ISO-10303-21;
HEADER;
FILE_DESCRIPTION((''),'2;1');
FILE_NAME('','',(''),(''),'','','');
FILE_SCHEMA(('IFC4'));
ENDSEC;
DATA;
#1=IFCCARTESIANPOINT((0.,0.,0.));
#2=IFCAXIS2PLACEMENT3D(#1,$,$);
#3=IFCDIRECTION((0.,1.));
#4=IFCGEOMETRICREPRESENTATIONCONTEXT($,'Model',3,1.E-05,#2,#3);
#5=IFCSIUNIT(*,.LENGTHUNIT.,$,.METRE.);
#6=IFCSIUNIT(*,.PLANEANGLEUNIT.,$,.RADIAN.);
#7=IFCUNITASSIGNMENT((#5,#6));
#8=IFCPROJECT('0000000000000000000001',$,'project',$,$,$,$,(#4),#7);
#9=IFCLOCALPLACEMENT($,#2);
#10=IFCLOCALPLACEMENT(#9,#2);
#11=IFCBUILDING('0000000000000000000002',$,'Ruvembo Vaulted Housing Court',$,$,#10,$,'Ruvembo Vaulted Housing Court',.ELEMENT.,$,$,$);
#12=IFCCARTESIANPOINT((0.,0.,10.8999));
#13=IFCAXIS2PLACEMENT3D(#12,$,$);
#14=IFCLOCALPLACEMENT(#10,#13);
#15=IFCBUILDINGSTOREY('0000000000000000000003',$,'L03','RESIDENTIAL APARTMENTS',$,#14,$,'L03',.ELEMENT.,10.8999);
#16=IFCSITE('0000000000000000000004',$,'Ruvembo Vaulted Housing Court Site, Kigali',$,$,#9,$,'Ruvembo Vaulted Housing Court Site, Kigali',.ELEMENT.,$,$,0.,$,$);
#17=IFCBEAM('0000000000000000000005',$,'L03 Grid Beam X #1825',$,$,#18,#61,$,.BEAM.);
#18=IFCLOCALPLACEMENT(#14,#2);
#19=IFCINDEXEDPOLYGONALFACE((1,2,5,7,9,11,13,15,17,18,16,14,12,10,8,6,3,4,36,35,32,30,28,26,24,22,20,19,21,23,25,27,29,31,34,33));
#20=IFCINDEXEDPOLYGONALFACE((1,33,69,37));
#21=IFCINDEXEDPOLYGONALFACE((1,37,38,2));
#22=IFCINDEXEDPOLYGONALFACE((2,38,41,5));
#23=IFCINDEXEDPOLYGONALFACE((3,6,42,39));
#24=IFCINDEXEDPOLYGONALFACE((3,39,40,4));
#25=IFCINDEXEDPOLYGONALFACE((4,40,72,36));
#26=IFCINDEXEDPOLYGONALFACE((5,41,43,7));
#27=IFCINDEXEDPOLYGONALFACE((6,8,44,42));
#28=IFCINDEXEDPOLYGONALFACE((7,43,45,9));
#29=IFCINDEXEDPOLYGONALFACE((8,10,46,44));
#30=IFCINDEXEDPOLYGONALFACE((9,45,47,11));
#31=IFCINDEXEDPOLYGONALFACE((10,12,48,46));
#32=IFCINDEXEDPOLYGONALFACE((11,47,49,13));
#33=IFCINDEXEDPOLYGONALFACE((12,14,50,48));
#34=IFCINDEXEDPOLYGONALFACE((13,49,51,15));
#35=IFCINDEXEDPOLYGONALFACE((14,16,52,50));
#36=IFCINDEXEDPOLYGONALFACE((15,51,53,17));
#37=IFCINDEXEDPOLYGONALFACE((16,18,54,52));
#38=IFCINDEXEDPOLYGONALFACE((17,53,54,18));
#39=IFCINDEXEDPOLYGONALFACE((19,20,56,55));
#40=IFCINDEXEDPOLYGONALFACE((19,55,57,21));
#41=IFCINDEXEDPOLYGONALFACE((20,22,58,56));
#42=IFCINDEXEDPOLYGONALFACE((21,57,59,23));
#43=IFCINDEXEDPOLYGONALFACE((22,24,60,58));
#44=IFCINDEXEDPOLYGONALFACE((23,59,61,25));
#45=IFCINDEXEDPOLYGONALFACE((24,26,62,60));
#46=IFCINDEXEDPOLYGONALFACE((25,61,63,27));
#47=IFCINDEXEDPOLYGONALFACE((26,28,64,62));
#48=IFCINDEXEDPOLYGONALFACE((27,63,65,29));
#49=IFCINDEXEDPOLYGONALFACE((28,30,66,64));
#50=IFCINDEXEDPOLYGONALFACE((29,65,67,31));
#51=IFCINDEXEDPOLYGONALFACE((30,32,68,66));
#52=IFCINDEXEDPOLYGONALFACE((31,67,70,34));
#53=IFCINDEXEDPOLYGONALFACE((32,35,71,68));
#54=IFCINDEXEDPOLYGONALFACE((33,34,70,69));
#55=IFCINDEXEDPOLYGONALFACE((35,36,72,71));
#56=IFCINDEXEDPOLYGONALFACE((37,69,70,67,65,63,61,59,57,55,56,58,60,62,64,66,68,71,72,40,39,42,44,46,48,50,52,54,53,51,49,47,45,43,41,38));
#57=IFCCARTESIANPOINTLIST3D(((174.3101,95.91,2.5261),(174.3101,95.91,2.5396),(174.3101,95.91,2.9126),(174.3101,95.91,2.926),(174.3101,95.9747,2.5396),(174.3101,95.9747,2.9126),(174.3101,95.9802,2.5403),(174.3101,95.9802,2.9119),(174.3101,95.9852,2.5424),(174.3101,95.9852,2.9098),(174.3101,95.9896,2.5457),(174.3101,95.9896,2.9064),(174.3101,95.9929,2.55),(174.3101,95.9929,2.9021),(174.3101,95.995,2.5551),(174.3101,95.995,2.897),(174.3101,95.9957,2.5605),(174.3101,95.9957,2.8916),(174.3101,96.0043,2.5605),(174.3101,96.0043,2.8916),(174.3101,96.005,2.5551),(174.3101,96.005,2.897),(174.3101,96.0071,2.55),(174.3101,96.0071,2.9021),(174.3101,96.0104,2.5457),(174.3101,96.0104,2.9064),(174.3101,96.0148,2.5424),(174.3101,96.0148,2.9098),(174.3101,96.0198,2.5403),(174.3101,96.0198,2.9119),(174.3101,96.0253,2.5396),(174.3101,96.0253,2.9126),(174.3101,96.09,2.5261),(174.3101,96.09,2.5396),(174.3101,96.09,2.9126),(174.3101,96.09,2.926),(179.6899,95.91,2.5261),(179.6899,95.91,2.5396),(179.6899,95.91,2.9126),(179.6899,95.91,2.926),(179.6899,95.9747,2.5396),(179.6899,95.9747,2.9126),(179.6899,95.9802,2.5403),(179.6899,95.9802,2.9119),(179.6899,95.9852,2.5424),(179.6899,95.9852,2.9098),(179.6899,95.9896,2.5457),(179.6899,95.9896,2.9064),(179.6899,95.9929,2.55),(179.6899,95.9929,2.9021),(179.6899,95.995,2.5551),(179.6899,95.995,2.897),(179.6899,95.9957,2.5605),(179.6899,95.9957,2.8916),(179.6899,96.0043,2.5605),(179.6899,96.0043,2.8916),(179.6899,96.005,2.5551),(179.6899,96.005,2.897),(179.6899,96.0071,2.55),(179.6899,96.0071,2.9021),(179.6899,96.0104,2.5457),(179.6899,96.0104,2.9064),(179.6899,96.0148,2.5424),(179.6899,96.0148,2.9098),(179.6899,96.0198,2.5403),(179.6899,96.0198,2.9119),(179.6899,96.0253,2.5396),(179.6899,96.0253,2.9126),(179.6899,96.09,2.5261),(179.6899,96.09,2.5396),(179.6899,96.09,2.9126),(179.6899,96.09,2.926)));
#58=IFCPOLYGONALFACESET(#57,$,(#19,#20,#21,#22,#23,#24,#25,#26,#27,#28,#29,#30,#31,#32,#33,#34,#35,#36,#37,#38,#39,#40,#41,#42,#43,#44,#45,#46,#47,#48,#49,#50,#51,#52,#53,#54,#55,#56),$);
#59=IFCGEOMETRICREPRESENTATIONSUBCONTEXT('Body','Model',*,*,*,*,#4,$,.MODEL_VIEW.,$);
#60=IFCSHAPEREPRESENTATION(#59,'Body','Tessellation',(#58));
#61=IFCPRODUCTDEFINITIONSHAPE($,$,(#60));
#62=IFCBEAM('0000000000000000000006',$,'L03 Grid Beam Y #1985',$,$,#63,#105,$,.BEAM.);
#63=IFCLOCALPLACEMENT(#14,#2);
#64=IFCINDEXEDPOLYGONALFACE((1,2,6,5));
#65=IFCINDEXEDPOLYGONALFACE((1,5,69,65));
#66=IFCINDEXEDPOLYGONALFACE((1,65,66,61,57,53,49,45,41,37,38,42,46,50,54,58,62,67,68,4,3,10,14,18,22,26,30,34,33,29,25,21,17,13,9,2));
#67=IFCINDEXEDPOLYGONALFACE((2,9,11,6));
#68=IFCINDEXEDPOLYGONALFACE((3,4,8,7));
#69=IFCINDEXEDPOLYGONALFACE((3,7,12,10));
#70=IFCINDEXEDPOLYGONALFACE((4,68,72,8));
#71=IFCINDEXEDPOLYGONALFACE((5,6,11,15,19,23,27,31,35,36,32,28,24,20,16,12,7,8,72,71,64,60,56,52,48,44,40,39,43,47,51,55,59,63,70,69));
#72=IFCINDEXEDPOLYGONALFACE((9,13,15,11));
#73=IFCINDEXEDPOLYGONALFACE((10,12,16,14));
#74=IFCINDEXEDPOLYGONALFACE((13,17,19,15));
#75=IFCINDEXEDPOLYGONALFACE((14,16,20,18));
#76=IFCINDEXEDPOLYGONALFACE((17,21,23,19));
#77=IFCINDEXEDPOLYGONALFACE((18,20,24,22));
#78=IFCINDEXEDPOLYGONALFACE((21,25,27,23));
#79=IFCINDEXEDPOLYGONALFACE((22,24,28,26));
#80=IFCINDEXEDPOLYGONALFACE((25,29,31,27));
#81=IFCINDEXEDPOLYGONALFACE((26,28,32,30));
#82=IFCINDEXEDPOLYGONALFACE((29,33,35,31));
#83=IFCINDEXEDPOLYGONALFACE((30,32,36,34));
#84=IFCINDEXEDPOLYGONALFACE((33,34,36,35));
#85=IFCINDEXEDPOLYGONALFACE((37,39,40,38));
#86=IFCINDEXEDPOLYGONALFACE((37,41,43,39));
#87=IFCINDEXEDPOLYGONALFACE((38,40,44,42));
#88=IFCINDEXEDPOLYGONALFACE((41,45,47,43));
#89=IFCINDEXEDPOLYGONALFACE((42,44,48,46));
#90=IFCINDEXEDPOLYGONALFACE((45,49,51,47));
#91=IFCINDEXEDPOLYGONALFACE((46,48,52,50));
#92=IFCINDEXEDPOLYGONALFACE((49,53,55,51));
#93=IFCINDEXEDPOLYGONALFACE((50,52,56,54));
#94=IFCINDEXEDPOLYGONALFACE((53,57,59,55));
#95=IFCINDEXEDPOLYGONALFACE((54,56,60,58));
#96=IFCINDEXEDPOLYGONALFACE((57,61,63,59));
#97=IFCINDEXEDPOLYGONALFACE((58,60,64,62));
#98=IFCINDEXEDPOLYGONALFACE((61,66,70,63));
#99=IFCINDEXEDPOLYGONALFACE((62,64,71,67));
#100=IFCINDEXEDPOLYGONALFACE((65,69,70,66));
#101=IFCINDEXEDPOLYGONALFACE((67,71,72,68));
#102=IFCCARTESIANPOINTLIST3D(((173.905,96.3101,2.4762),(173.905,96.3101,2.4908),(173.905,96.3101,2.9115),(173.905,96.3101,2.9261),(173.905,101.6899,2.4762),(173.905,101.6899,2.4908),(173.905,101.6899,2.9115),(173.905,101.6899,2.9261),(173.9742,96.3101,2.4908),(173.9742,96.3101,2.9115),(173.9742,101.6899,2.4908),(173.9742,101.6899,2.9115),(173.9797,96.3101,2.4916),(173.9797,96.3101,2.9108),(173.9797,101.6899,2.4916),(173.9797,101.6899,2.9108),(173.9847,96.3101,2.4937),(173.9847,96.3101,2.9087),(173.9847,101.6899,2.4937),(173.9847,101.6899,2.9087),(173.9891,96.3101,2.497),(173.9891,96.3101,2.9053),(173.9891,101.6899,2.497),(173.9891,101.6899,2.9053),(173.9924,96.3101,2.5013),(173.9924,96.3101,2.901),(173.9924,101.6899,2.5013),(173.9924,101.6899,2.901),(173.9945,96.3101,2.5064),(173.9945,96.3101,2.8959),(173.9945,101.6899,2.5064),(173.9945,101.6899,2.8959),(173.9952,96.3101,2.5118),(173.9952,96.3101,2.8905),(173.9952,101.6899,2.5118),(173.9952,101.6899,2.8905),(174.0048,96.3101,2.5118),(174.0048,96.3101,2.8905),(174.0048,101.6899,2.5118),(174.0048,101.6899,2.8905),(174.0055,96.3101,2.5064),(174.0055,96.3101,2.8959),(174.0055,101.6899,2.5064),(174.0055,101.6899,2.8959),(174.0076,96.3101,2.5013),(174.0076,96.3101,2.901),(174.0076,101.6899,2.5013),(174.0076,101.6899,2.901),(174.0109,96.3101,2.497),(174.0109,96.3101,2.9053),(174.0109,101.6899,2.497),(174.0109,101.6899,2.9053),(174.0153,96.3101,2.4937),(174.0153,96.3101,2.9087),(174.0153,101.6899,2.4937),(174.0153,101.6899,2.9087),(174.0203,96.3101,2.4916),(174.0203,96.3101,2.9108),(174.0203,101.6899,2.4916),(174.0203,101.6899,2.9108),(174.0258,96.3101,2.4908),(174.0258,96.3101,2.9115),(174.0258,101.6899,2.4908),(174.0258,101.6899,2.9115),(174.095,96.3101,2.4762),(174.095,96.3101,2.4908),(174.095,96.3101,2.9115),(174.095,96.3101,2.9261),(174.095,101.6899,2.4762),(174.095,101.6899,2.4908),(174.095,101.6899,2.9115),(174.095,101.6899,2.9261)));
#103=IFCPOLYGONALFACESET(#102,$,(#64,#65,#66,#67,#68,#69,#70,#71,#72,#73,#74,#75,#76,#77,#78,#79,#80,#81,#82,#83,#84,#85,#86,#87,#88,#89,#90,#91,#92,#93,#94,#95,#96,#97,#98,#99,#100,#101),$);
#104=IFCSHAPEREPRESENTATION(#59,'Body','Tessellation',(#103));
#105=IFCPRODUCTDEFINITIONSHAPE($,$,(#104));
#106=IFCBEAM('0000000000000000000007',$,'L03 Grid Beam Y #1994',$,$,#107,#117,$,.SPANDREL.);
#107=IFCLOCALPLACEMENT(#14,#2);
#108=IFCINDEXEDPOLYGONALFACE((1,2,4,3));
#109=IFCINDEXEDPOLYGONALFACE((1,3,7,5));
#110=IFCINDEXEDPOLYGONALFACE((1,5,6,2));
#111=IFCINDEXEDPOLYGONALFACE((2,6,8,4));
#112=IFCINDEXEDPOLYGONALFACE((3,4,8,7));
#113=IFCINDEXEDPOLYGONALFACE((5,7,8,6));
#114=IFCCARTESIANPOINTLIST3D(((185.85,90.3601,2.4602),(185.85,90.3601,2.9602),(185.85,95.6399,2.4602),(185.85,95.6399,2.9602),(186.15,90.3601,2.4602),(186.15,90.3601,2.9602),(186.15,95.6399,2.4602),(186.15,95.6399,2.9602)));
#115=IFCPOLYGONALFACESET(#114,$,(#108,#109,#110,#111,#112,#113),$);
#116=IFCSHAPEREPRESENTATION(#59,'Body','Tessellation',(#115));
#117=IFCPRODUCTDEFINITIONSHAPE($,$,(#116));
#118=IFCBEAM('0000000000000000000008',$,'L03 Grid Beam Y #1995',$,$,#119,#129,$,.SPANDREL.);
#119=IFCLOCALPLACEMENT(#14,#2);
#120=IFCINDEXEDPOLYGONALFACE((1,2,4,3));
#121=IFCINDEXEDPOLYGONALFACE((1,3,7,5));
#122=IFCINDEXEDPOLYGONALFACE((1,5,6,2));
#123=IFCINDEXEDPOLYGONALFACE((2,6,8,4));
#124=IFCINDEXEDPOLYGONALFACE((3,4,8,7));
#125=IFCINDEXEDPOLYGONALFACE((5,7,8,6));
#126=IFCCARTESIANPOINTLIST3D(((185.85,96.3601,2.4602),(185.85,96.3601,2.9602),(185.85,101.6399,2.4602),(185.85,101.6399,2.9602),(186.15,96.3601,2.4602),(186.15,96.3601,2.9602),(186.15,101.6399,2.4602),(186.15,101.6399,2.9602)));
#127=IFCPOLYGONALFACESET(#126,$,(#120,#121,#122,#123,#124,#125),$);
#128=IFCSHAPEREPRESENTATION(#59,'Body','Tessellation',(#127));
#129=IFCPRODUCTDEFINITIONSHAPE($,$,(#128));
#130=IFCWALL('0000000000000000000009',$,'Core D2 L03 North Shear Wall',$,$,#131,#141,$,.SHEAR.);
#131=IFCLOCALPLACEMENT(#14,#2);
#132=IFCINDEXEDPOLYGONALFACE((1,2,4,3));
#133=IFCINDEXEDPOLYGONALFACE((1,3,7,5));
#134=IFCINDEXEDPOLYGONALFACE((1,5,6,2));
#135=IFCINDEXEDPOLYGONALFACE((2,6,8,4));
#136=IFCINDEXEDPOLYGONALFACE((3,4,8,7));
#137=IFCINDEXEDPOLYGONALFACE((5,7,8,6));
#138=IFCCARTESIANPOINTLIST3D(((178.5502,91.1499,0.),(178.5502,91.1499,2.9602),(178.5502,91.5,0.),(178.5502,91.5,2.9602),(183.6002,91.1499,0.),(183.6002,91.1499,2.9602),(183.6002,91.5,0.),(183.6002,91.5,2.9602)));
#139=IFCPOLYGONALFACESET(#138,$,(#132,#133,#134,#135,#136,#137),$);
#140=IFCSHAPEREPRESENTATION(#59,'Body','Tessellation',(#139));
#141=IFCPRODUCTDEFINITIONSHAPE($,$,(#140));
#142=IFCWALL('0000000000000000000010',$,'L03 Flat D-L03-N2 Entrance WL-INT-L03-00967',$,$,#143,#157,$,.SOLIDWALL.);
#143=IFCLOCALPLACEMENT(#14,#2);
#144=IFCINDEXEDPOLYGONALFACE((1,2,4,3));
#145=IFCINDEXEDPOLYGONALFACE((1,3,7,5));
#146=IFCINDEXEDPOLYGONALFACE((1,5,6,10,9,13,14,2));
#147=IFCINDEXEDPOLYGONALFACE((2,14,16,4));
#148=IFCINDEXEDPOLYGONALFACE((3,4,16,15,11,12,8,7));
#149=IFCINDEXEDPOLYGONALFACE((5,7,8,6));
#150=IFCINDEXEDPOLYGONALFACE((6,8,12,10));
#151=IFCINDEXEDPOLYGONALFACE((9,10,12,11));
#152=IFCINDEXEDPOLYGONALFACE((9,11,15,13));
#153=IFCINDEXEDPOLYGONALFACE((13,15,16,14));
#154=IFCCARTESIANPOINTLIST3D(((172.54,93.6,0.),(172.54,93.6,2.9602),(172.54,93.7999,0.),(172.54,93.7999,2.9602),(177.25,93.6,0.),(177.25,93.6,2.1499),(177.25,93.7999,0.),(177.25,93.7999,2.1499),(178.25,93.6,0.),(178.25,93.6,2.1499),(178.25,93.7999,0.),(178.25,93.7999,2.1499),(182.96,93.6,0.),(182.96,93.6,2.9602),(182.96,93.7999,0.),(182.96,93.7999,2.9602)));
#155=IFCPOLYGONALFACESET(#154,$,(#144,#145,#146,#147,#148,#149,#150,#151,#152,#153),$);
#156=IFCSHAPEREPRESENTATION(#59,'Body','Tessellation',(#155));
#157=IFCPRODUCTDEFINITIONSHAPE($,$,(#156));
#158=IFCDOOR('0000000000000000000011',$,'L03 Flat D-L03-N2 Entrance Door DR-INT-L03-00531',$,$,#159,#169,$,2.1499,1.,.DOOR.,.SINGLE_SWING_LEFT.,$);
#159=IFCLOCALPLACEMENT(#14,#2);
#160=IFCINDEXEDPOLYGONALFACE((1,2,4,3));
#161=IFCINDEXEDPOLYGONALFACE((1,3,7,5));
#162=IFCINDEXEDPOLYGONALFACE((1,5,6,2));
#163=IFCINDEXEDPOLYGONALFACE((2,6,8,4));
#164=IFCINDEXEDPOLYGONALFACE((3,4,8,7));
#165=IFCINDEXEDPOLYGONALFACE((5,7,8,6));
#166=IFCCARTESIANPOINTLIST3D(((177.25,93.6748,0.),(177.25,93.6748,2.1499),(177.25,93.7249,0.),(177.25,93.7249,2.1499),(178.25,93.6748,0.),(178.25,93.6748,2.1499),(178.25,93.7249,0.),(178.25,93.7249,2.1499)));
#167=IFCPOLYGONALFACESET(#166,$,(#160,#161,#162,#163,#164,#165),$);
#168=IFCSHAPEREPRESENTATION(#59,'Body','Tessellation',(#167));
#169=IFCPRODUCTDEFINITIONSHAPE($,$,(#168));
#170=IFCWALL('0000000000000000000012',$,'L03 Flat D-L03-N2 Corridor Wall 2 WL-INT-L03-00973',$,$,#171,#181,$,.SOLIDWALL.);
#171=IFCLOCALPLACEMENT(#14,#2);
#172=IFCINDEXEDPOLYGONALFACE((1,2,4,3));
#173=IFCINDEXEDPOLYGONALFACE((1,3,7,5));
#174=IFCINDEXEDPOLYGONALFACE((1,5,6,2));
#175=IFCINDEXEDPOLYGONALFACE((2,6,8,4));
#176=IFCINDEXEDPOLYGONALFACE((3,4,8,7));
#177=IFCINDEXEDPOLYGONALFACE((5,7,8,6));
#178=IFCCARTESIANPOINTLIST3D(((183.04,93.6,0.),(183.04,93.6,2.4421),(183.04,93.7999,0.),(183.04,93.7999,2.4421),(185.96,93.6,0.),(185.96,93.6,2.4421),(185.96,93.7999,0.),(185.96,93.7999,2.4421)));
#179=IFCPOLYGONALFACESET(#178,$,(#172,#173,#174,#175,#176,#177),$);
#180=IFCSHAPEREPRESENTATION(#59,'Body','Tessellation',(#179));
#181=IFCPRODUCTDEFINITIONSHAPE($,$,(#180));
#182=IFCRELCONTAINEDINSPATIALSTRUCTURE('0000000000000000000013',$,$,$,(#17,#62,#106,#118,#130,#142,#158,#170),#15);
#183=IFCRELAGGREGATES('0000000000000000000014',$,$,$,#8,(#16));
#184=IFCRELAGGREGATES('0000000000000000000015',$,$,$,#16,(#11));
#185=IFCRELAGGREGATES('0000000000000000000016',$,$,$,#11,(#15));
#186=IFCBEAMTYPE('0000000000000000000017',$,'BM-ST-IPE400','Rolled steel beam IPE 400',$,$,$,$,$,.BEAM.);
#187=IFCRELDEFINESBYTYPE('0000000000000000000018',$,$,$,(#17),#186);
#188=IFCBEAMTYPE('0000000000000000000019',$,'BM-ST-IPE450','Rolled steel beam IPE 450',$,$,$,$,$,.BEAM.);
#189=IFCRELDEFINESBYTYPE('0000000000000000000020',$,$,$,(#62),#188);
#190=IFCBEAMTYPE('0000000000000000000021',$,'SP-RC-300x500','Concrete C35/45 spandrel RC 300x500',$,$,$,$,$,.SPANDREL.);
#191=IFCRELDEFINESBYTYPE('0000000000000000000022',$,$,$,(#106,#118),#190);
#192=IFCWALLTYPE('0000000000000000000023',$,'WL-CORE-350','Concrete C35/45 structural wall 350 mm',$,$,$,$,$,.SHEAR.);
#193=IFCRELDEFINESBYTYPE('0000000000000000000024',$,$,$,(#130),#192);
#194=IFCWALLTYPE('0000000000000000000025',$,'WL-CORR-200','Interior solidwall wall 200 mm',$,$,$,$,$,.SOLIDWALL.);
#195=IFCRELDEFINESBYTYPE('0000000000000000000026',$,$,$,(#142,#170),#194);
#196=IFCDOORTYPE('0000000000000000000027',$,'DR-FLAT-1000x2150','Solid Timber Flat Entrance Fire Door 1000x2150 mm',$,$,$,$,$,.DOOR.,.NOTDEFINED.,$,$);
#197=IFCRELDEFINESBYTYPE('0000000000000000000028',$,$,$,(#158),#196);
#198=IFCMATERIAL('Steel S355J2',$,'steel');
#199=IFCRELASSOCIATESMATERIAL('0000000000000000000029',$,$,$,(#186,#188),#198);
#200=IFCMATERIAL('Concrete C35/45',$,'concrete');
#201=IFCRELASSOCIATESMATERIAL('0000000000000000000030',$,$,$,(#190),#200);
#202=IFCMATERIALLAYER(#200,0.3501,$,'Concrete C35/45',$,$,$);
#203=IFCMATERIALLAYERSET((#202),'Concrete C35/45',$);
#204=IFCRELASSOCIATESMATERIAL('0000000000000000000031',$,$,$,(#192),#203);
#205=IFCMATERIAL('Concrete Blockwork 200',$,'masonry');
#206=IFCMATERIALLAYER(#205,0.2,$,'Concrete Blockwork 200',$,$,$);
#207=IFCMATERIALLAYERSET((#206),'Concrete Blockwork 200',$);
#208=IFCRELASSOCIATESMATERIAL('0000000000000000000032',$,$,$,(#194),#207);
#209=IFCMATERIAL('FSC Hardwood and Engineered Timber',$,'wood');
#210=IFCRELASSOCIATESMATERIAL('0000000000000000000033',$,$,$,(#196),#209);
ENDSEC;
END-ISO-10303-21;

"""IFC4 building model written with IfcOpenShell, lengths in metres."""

from ifc_helpers import new_model, si_unit, direction, frame, frame_2d, origin, origin_2d, place, context, subcontext, project, spatial, rectangle, i_section, extrude, material, layer, layer_set, material_profile, profile_set, type_object, element, fill, save


model = new_model("IFC4")

# Units and contexts
model_context = context("Model", 3, precision=1e-05, world=origin(), true_north=direction((0.0, 1.0)))
body_context = subcontext(model_context, "Body", "Model", "MODEL_VIEW")
ifc_project = project(units=[si_unit("LENGTHUNIT", "METRE"), si_unit("PLANEANGLEUNIT", "RADIAN")], contexts=[model_context])

# Site, building, storey
site_placement = place(None, origin())
site = spatial("IfcSite", under=ifc_project, at=site_placement, Name="Ruvembo Vaulted Housing Court Site, Kigali", LongName="Ruvembo Vaulted Housing Court Site, Kigali", CompositionType="ELEMENT", RefElevation=0.0)
building_placement = place(site_placement, origin())
building = spatial("IfcBuilding", under=site, at=building_placement, Name="Ruvembo Vaulted Housing Court", LongName="Ruvembo Vaulted Housing Court", CompositionType="ELEMENT")
storey_placement = place(building_placement, frame((0.0, 0.0, 10.8999)))
storey = spatial("IfcBuildingStorey", under=building, at=storey_placement, Name="L03", Description="RESIDENTIAL APARTMENTS", LongName="L03", CompositionType="ELEMENT", Elevation=10.8999)

# Beams
ifc_material_1 = material(Name="Steel S355J2", Category="steel")
ifc_material_profile_1 = material_profile(ifc_material_1, i_section(OverallWidth=0.1799, OverallDepth=0.3999, WebThickness=0.0085, FlangeThickness=0.0134, FilletRadius=0.021, at=origin_2d()), Name="IPE 400")
ifc_profile_set_1 = profile_set([ifc_material_profile_1], Name="Steel S355J2")
beam_type_1 = type_object("IfcBeamType", Name="BM-ST-IPE400", Description="Rolled steel beam IPE 400", PredefinedType="BEAM", material=ifc_profile_set_1)
beam_1_placement = place(storey_placement, frame((174.3101, 96.0, 2.7261), z_axis=(1.0, 0.0, 0.0), x_axis=(0.0, 1.0, 0.0)))
element("IfcBeam", 1, at=beam_1_placement, inside=storey, type_object=beam_type_1, Name="L03 Grid Beam X #1825", PredefinedType="BEAM", context=body_context, shape_type="SweptSolid", body=[
    extrude(i_section(OverallWidth=0.1799, OverallDepth=0.3999, WebThickness=0.0085, FlangeThickness=0.0134, FilletRadius=0.021, at=origin_2d()), origin(), (0.0, 0.0, 1.0), 5.3799),
])
ifc_material_profile_2 = material_profile(ifc_material_1, i_section(OverallWidth=0.1899, OverallDepth=0.45, WebThickness=0.0095, FlangeThickness=0.0146, FilletRadius=0.021, at=origin_2d()), Name="IPE 450")
ifc_profile_set_2 = profile_set([ifc_material_profile_2], Name="Steel S355J2")
beam_type_2 = type_object("IfcBeamType", Name="BM-ST-IPE450", Description="Rolled steel beam IPE 450", PredefinedType="BEAM", material=ifc_profile_set_2)
beam_2_placement = place(storey_placement, frame((174.0, 96.3101, 2.7012), z_axis=(0.0, 1.0, 0.0), x_axis=(-1.0, 0.0, 0.0)))
element("IfcBeam", 2, at=beam_2_placement, inside=storey, type_object=beam_type_2, Name="L03 Grid Beam Y #1985", PredefinedType="BEAM", context=body_context, shape_type="SweptSolid", body=[
    extrude(i_section(OverallWidth=0.1899, OverallDepth=0.45, WebThickness=0.0095, FlangeThickness=0.0146, FilletRadius=0.021, at=origin_2d()), origin(), (0.0, 0.0, 1.0), 5.3799),
])
ifc_material_2 = material(Name="Concrete C35/45", Category="concrete")
ifc_material_profile_3 = material_profile(ifc_material_2, rectangle(XDim=0.3, YDim=0.5, at=origin_2d()), Name="RC 300x500")
ifc_profile_set_3 = profile_set([ifc_material_profile_3], Name="Concrete C35/45")
beam_type_3 = type_object("IfcBeamType", Name="SP-RC-300x500", Description="Concrete C35/45 spandrel RC 300x500", PredefinedType="SPANDREL", material=ifc_profile_set_3)
for number, where, z_axis, x_axis, name in (
    (3, (186.0, 90.3601, 2.7102), (0.0, 1.0, 0.0), (-1.0, 0.0, 0.0), "L03 Grid Beam Y #1994"),
    (4, (186.0, 96.3601, 2.7102), (0.0, 1.0, 0.0), (-1.0, 0.0, 0.0), "L03 Grid Beam Y #1995"),
):
    element("IfcBeam", number, at=place(storey_placement, frame(where, z_axis=z_axis, x_axis=x_axis)), inside=storey, type_object=beam_type_3, Name=name, PredefinedType="SPANDREL", context=body_context, shape_type="SweptSolid", body=[
        extrude(rectangle(XDim=0.3, YDim=0.5, at=origin_2d()), origin(), (0.0, 0.0, 1.0), 5.2798),
    ])

# Wall
ifc_layer_1 = layer(ifc_material_2, 0.3501, Name="Concrete C35/45")
ifc_layer_set_1 = layer_set([ifc_layer_1], Name="Concrete C35/45")
wall_type_1 = type_object("IfcWallType", Name="WL-CORE-350", Description="Concrete C35/45 structural wall 350 mm", PredefinedType="SHEAR", material=ifc_layer_set_1)
wall_1_placement = place(storey_placement, frame((183.6001, 91.325, 0.0), z_axis=(0.0, 0.0, 1.0), x_axis=(-1.0, 0.0, 0.0)))
element("IfcWall", 5, at=wall_1_placement, inside=storey, type_object=wall_type_1, Name="Core D2 L03 North Shear Wall", PredefinedType="SHEAR", context=body_context, shape_type="SweptSolid", body=[
    extrude(rectangle(XDim=5.05, YDim=0.3501, at=frame_2d((2.5249, 0.0))), origin(), (0.0, 0.0, 1.0), 2.9602),
])

# Wall, opening, door
ifc_material_3 = material(Name="Concrete Blockwork 200", Category="masonry")
ifc_layer_2 = layer(ifc_material_3, 0.2, Name="Concrete Blockwork 200")
ifc_layer_set_2 = layer_set([ifc_layer_2], Name="Concrete Blockwork 200")
wall_type_2 = type_object("IfcWallType", Name="WL-CORR-200", Description="Interior solidwall wall 200 mm", PredefinedType="SOLIDWALL", material=ifc_layer_set_2)
wall_2_placement = place(storey_placement, frame((172.54, 93.7, 0.0), z_axis=(0.0, 0.0, 1.0), x_axis=(1.0, 0.0, 0.0)))
wall_2 = element("IfcWall", 6, at=wall_2_placement, inside=storey, type_object=wall_type_2, Name="L03 Flat D-L03-N2 Entrance WL-INT-L03-00967", PredefinedType="SOLIDWALL", context=body_context, shape_type="SweptSolid", body=[
    extrude(rectangle(XDim=10.4199, YDim=0.2, at=frame_2d((5.21, 0.0))), origin(), (0.0, 0.0, 1.0), 2.9602),
])
opening_1_placement = place(wall_2_placement, frame((4.71, 0.0, 0.0)))
opening_1 = element("IfcOpeningElement", 7, at=opening_1_placement, cuts=wall_2, PredefinedType="OPENING", context=body_context, shape_type="SweptSolid", body=[
    extrude(rectangle(XDim=1.0, YDim=2.1499, at=frame_2d((0.5, 1.075))), frame((0.0, 0.1099, 0.0), z_axis=(0.0, -1.0, 0.0), x_axis=(1.0, 0.0, 0.0)), (0.0, 0.0, 1.0), 0.22),
])
ifc_material_4 = material(Name="FSC Hardwood and Engineered Timber", Category="wood")
door_type_1 = type_object("IfcDoorType", Name="DR-FLAT-1000x2150", Description="Solid Timber Flat Entrance Fire Door 1000x2150 mm", OperationType="NOTDEFINED", PredefinedType="DOOR", material=ifc_material_4)
door_1_placement = place(opening_1_placement, origin())
door_1 = element("IfcDoor", 8, at=door_1_placement, inside=storey, type_object=door_type_1, Name="L03 Flat D-L03-N2 Entrance Door DR-INT-L03-00531", OperationType="SINGLE_SWING_LEFT", OverallHeight=2.1499, OverallWidth=1.0, PredefinedType="DOOR", context=body_context, shape_type="SweptSolid", body=[
    extrude(rectangle(XDim=1.0, YDim=2.1499, at=frame_2d((0.5, 1.075))), frame((0.0, 0.0249, 0.0), z_axis=(0.0, -1.0, 0.0), x_axis=(1.0, 0.0, 0.0)), (0.0, 0.0, 1.0), 0.05),
])
fill(opening_1, door_1)

# Wall
wall_3_placement = place(storey_placement, frame((183.04, 93.7, 0.0), z_axis=(0.0, 0.0, 1.0), x_axis=(1.0, 0.0, 0.0)))
element("IfcWall", 9, at=wall_3_placement, inside=storey, type_object=wall_type_2, Name="L03 Flat D-L03-N2 Corridor Wall 2 WL-INT-L03-00973", PredefinedType="SOLIDWALL", context=body_context, shape_type="SweptSolid", body=[
    extrude(rectangle(XDim=2.9199, YDim=0.2, at=frame_2d((1.46, 0.0))), origin(), (0.0, 0.0, 1.0), 2.4421),
])

save(model, "model.ifc")
